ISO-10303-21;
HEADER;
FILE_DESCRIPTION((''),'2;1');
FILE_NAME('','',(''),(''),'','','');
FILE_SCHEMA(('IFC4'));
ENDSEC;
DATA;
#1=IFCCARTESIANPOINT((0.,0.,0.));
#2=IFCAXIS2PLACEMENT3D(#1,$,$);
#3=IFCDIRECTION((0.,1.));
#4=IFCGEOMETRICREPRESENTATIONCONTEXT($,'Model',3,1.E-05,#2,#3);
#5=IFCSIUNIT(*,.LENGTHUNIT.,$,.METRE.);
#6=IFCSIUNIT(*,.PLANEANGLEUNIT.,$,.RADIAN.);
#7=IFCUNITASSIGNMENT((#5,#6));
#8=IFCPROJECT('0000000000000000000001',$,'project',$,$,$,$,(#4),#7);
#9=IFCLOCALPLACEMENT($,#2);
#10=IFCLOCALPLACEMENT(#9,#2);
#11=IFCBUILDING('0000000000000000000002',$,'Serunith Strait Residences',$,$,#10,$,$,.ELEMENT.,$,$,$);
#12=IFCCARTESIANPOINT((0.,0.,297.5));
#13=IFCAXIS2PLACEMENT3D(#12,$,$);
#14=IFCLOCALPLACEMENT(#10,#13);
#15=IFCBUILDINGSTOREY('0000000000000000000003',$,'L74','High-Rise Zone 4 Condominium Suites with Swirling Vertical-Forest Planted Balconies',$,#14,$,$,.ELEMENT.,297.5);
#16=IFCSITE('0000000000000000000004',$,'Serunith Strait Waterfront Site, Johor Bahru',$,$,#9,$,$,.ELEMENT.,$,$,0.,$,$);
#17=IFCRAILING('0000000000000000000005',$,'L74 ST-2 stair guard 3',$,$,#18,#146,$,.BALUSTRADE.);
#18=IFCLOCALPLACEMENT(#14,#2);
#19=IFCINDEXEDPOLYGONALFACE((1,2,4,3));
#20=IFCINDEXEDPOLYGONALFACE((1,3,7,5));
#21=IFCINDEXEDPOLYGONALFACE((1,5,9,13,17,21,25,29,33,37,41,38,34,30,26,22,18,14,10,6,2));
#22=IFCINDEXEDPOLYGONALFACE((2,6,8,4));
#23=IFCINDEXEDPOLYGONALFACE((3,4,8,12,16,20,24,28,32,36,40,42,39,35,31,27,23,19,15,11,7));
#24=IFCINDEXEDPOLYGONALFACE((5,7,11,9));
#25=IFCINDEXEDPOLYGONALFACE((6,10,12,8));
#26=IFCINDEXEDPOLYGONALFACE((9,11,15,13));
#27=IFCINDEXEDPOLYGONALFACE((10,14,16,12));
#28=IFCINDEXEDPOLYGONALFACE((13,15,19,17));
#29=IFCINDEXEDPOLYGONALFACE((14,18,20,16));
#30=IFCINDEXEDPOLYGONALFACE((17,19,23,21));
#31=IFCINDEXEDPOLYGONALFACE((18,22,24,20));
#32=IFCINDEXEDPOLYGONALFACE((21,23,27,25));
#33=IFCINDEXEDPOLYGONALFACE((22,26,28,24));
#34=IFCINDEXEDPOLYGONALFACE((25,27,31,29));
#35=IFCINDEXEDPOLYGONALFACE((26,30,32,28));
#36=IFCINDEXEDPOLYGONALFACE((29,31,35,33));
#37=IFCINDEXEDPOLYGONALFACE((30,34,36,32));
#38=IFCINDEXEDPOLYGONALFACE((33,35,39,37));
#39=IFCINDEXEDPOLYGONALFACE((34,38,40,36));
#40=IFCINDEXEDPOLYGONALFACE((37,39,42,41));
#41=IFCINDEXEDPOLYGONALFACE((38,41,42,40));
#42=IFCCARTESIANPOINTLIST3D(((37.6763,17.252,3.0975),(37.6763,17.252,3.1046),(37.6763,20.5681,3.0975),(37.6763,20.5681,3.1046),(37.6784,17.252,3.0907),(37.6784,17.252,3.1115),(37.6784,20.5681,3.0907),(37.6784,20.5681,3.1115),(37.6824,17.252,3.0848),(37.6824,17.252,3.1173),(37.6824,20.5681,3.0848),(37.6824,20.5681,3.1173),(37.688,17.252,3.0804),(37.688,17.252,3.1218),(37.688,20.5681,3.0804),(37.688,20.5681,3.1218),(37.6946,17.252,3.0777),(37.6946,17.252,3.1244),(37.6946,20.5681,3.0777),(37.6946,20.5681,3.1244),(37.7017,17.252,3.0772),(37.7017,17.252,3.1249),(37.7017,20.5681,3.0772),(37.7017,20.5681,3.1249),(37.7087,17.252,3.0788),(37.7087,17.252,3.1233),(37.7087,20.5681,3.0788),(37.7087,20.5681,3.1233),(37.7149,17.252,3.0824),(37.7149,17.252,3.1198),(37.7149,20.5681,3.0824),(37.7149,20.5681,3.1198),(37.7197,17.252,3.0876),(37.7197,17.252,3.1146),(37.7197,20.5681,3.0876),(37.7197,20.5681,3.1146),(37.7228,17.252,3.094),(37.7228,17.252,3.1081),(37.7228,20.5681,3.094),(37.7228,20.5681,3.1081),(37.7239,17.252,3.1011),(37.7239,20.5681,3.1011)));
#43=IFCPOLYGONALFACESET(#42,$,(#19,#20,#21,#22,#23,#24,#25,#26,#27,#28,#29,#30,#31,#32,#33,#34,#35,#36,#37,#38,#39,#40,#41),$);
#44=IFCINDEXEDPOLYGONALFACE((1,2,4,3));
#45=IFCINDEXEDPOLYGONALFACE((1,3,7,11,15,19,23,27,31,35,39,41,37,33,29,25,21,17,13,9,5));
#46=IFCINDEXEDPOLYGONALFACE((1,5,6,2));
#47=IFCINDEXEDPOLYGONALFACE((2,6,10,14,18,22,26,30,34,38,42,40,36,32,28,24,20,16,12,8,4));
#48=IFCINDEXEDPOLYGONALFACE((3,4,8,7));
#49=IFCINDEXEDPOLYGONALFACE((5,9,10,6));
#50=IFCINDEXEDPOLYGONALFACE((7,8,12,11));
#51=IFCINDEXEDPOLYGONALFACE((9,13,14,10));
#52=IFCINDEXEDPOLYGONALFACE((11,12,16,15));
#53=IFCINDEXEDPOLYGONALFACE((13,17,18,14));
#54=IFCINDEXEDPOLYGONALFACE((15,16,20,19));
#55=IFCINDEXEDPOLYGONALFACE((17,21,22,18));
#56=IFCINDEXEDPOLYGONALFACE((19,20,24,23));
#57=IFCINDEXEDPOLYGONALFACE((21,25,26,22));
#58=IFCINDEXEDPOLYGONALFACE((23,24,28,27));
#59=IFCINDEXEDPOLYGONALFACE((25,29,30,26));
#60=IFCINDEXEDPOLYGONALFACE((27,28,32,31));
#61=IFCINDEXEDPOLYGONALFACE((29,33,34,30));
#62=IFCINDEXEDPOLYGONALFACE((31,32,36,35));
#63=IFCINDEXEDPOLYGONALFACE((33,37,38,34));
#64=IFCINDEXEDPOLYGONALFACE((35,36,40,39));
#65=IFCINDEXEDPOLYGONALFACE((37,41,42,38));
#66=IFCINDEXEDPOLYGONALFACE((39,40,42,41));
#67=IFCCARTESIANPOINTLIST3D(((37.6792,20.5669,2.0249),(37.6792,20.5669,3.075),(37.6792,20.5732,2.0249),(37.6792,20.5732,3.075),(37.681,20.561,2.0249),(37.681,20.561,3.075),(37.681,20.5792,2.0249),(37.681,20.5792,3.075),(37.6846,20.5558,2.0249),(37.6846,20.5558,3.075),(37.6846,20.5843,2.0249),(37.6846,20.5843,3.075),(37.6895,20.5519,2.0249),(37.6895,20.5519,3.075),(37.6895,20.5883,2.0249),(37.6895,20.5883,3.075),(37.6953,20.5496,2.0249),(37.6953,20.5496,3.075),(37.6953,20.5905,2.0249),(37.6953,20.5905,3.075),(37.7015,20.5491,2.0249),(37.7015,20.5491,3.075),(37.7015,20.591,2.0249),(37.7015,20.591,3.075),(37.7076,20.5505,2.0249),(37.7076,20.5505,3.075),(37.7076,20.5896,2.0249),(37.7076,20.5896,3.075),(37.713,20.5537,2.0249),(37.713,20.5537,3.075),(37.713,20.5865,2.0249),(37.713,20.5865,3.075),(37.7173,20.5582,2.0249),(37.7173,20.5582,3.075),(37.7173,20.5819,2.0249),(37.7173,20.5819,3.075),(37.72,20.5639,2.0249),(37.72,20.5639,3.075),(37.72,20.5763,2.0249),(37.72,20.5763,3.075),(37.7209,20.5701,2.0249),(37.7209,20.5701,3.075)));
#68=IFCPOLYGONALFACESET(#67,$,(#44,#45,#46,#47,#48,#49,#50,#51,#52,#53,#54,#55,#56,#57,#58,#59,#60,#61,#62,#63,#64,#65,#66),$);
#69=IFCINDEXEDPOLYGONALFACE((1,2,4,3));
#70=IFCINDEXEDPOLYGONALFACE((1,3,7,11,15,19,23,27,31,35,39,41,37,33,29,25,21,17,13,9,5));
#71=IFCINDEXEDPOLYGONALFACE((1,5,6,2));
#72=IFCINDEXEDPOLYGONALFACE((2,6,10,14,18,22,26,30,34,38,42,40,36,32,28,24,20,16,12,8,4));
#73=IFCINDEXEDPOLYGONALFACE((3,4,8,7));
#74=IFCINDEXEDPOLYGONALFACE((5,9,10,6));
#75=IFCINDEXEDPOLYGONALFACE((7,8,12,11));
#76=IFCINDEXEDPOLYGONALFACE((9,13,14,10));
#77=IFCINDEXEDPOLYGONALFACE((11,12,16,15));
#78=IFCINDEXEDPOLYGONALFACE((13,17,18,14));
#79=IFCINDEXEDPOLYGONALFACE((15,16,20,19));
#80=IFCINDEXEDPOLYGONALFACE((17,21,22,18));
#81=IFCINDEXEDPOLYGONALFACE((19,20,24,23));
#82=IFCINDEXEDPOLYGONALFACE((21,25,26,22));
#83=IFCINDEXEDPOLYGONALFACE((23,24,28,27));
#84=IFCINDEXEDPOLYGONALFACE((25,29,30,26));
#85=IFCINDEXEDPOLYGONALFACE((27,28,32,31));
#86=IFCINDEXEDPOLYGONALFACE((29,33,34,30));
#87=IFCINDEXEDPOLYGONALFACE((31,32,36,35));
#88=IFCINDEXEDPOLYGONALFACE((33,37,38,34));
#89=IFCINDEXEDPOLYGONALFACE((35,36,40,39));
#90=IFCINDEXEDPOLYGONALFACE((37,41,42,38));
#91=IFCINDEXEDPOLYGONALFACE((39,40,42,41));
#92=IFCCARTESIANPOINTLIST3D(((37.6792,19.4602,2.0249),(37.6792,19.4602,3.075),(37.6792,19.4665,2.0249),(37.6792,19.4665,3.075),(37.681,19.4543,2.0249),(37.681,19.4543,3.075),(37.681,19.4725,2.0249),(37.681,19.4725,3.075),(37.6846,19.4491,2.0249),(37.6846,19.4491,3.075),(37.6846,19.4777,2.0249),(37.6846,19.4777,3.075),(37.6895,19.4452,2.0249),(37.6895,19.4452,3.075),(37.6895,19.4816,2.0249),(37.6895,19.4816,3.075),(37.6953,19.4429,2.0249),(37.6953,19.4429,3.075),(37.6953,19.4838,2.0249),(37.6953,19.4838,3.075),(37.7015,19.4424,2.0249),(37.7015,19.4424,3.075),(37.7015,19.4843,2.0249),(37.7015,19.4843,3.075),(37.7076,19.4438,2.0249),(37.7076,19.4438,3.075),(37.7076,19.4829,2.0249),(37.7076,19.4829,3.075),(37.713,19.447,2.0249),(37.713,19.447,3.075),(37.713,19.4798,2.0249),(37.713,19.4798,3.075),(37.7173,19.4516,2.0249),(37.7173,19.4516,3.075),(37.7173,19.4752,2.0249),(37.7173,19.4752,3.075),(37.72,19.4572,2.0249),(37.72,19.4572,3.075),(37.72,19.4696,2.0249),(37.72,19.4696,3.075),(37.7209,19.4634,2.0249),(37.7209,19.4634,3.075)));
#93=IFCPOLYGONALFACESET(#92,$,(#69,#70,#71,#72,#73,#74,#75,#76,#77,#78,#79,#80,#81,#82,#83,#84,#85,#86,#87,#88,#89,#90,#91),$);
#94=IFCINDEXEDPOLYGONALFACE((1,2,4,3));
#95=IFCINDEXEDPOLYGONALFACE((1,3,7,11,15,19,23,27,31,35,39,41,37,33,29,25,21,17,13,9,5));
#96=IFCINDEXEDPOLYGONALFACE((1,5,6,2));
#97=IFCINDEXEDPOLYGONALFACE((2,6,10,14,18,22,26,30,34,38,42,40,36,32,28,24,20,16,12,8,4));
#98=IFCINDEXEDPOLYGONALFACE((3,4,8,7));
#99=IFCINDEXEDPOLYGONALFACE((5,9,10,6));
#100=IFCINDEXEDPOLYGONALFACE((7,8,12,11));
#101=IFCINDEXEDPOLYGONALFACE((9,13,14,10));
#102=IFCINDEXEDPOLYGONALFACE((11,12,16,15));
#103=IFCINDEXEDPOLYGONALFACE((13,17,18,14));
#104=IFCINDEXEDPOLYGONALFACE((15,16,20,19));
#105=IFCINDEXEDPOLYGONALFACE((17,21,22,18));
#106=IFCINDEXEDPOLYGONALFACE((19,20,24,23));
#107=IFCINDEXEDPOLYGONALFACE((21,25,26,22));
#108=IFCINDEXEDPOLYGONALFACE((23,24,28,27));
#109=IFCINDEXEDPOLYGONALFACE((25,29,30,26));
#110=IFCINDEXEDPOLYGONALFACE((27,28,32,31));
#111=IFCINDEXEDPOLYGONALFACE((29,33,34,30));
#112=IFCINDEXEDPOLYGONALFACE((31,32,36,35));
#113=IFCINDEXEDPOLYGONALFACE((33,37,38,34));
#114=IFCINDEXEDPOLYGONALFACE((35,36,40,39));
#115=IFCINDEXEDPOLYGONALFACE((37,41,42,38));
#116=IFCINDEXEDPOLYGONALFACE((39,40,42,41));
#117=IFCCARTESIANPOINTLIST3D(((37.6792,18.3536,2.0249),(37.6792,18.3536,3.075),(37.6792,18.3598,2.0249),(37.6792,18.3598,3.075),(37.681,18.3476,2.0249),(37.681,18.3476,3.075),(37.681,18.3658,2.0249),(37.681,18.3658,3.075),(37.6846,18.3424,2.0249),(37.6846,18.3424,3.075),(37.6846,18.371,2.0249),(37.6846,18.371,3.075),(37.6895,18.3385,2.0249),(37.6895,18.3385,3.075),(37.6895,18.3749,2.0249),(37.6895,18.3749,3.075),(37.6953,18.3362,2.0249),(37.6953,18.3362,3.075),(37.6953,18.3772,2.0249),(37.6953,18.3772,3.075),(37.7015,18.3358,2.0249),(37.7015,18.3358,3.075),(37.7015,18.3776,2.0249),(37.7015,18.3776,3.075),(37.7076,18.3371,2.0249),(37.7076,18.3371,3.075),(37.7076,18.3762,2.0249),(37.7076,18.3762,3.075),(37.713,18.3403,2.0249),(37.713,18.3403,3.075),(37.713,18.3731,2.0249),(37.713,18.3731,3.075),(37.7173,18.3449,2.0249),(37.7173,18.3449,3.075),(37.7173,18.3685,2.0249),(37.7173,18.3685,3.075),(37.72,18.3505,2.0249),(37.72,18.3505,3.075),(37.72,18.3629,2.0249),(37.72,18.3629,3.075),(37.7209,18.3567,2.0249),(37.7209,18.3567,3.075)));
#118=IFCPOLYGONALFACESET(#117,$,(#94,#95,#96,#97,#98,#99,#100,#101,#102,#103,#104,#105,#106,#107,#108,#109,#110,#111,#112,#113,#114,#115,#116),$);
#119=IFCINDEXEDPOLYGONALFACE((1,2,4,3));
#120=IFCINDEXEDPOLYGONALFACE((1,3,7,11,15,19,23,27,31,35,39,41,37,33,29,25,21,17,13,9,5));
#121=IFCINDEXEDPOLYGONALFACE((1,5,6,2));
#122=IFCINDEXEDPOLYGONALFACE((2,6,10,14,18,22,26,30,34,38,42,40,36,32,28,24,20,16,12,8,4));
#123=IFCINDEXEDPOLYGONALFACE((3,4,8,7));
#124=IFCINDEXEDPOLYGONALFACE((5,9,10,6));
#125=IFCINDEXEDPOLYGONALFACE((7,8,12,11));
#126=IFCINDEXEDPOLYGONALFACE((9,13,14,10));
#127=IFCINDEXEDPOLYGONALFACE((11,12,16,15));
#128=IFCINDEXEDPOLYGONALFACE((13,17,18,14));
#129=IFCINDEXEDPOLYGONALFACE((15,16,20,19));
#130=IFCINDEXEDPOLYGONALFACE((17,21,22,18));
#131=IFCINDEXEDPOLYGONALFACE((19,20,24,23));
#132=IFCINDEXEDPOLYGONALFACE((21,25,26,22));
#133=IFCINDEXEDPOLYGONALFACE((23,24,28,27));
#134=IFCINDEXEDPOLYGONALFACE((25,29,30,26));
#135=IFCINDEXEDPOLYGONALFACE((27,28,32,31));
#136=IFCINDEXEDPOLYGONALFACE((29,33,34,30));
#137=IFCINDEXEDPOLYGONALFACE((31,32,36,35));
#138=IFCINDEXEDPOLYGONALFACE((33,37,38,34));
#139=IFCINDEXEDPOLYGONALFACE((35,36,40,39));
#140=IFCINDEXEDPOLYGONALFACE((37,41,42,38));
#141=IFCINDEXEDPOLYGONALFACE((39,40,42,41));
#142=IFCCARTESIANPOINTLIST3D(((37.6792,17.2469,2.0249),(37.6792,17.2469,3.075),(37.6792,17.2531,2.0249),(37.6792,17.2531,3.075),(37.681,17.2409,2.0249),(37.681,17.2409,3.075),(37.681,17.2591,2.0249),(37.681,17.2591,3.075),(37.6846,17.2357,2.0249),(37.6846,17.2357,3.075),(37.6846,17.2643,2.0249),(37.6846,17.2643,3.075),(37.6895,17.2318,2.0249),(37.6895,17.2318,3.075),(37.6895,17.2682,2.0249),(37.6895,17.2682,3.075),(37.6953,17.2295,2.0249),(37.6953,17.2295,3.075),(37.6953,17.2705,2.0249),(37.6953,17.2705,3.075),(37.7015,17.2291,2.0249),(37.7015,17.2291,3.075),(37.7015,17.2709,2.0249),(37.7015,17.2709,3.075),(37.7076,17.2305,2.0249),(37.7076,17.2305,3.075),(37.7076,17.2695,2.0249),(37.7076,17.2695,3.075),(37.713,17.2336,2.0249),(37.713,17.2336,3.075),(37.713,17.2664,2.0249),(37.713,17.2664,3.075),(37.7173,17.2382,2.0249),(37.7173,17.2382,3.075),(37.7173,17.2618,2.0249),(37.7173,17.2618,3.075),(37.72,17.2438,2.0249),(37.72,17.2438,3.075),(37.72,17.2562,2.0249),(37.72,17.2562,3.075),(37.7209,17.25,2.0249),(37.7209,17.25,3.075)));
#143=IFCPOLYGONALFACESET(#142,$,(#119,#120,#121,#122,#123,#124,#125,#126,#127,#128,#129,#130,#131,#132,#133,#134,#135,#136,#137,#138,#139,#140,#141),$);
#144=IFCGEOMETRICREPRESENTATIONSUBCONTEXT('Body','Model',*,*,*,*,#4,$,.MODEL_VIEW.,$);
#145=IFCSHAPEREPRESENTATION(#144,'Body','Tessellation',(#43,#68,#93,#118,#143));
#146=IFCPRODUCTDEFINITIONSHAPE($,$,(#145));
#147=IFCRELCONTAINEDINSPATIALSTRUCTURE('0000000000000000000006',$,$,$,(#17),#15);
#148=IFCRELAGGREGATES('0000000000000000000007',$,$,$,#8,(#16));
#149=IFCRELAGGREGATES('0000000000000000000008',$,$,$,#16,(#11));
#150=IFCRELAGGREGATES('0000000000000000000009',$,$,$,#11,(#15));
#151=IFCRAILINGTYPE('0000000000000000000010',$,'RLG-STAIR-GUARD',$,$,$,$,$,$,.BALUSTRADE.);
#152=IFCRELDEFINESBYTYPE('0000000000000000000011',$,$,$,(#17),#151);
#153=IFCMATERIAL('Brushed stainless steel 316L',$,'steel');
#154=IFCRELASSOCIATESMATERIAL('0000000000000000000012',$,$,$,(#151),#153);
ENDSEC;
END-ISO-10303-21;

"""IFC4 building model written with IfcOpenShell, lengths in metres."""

from ifc_helpers import new_model, si_unit, direction, frame, origin, origin_2d, place, context, subcontext, project, spatial, circle, extrude, material, type_object, element, save


model = new_model("IFC4")

# Units and contexts
model_context = context("Model", 3, precision=1e-05, world=origin(), true_north=direction((0.0, 1.0)))
body_context = subcontext(model_context, "Body", "Model", "MODEL_VIEW")
ifc_project = project(units=[si_unit("LENGTHUNIT", "METRE"), si_unit("PLANEANGLEUNIT", "RADIAN")], contexts=[model_context])

# Site, building, storey
site_placement = place(None, origin())
site = spatial("IfcSite", under=ifc_project, at=site_placement, Name="Serunith Strait Waterfront Site, Johor Bahru", CompositionType="ELEMENT", RefElevation=0.0)
building_placement = place(site_placement, origin())
building = spatial("IfcBuilding", under=site, at=building_placement, Name="Serunith Strait Residences", CompositionType="ELEMENT")
storey_placement = place(building_placement, frame((0.0, 0.0, 297.5)))
storey = spatial("IfcBuildingStorey", under=building, at=storey_placement, Name="L74", Description="High-Rise Zone 4 Condominium Suites with Swirling Vertical-Forest Planted Balconies", CompositionType="ELEMENT", Elevation=297.5)

# Railing
ifc_material_1 = material(Name="Brushed stainless steel 316L", Category="steel")
railing_type_1 = type_object("IfcRailingType", Name="RLG-STAIR-GUARD", PredefinedType="BALUSTRADE", material=ifc_material_1)
for number, where, name in (
    (1, (37.7, 20.5701, 2.0249), "L74 ST-2 stair guard 3"),
):
    element("IfcRailing", number, at=place(storey_placement, frame(where)), inside=storey, type_object=railing_type_1, Name=name, PredefinedType="BALUSTRADE", context=body_context, shape_type="SweptSolid", body=[
        extrude(circle(Radius=0.0239, at=origin_2d()), frame((0.0, -0.002, 1.0762), z_axis=(0.0, -1.0, 0.0), x_axis=(1.0, 0.0, 0.0)), (0.0, 0.0, 1.0), 3.3162),
        extrude(circle(Radius=0.021, at=origin_2d()), origin(), (0.0, 0.0, 1.0), 1.05),
        extrude(circle(Radius=0.021, at=origin_2d()), frame((0.0, -1.1067, 0.0)), (0.0, 0.0, 1.0), 1.05),
        extrude(circle(Radius=0.021, at=origin_2d()), frame((0.0, -2.2134, 0.0)), (0.0, 0.0, 1.0), 1.05),
        extrude(circle(Radius=0.021, at=origin_2d()), frame((0.0, -3.3201, 0.0)), (0.0, 0.0, 1.0), 1.05),
    ])

save(model, "model.ifc")
